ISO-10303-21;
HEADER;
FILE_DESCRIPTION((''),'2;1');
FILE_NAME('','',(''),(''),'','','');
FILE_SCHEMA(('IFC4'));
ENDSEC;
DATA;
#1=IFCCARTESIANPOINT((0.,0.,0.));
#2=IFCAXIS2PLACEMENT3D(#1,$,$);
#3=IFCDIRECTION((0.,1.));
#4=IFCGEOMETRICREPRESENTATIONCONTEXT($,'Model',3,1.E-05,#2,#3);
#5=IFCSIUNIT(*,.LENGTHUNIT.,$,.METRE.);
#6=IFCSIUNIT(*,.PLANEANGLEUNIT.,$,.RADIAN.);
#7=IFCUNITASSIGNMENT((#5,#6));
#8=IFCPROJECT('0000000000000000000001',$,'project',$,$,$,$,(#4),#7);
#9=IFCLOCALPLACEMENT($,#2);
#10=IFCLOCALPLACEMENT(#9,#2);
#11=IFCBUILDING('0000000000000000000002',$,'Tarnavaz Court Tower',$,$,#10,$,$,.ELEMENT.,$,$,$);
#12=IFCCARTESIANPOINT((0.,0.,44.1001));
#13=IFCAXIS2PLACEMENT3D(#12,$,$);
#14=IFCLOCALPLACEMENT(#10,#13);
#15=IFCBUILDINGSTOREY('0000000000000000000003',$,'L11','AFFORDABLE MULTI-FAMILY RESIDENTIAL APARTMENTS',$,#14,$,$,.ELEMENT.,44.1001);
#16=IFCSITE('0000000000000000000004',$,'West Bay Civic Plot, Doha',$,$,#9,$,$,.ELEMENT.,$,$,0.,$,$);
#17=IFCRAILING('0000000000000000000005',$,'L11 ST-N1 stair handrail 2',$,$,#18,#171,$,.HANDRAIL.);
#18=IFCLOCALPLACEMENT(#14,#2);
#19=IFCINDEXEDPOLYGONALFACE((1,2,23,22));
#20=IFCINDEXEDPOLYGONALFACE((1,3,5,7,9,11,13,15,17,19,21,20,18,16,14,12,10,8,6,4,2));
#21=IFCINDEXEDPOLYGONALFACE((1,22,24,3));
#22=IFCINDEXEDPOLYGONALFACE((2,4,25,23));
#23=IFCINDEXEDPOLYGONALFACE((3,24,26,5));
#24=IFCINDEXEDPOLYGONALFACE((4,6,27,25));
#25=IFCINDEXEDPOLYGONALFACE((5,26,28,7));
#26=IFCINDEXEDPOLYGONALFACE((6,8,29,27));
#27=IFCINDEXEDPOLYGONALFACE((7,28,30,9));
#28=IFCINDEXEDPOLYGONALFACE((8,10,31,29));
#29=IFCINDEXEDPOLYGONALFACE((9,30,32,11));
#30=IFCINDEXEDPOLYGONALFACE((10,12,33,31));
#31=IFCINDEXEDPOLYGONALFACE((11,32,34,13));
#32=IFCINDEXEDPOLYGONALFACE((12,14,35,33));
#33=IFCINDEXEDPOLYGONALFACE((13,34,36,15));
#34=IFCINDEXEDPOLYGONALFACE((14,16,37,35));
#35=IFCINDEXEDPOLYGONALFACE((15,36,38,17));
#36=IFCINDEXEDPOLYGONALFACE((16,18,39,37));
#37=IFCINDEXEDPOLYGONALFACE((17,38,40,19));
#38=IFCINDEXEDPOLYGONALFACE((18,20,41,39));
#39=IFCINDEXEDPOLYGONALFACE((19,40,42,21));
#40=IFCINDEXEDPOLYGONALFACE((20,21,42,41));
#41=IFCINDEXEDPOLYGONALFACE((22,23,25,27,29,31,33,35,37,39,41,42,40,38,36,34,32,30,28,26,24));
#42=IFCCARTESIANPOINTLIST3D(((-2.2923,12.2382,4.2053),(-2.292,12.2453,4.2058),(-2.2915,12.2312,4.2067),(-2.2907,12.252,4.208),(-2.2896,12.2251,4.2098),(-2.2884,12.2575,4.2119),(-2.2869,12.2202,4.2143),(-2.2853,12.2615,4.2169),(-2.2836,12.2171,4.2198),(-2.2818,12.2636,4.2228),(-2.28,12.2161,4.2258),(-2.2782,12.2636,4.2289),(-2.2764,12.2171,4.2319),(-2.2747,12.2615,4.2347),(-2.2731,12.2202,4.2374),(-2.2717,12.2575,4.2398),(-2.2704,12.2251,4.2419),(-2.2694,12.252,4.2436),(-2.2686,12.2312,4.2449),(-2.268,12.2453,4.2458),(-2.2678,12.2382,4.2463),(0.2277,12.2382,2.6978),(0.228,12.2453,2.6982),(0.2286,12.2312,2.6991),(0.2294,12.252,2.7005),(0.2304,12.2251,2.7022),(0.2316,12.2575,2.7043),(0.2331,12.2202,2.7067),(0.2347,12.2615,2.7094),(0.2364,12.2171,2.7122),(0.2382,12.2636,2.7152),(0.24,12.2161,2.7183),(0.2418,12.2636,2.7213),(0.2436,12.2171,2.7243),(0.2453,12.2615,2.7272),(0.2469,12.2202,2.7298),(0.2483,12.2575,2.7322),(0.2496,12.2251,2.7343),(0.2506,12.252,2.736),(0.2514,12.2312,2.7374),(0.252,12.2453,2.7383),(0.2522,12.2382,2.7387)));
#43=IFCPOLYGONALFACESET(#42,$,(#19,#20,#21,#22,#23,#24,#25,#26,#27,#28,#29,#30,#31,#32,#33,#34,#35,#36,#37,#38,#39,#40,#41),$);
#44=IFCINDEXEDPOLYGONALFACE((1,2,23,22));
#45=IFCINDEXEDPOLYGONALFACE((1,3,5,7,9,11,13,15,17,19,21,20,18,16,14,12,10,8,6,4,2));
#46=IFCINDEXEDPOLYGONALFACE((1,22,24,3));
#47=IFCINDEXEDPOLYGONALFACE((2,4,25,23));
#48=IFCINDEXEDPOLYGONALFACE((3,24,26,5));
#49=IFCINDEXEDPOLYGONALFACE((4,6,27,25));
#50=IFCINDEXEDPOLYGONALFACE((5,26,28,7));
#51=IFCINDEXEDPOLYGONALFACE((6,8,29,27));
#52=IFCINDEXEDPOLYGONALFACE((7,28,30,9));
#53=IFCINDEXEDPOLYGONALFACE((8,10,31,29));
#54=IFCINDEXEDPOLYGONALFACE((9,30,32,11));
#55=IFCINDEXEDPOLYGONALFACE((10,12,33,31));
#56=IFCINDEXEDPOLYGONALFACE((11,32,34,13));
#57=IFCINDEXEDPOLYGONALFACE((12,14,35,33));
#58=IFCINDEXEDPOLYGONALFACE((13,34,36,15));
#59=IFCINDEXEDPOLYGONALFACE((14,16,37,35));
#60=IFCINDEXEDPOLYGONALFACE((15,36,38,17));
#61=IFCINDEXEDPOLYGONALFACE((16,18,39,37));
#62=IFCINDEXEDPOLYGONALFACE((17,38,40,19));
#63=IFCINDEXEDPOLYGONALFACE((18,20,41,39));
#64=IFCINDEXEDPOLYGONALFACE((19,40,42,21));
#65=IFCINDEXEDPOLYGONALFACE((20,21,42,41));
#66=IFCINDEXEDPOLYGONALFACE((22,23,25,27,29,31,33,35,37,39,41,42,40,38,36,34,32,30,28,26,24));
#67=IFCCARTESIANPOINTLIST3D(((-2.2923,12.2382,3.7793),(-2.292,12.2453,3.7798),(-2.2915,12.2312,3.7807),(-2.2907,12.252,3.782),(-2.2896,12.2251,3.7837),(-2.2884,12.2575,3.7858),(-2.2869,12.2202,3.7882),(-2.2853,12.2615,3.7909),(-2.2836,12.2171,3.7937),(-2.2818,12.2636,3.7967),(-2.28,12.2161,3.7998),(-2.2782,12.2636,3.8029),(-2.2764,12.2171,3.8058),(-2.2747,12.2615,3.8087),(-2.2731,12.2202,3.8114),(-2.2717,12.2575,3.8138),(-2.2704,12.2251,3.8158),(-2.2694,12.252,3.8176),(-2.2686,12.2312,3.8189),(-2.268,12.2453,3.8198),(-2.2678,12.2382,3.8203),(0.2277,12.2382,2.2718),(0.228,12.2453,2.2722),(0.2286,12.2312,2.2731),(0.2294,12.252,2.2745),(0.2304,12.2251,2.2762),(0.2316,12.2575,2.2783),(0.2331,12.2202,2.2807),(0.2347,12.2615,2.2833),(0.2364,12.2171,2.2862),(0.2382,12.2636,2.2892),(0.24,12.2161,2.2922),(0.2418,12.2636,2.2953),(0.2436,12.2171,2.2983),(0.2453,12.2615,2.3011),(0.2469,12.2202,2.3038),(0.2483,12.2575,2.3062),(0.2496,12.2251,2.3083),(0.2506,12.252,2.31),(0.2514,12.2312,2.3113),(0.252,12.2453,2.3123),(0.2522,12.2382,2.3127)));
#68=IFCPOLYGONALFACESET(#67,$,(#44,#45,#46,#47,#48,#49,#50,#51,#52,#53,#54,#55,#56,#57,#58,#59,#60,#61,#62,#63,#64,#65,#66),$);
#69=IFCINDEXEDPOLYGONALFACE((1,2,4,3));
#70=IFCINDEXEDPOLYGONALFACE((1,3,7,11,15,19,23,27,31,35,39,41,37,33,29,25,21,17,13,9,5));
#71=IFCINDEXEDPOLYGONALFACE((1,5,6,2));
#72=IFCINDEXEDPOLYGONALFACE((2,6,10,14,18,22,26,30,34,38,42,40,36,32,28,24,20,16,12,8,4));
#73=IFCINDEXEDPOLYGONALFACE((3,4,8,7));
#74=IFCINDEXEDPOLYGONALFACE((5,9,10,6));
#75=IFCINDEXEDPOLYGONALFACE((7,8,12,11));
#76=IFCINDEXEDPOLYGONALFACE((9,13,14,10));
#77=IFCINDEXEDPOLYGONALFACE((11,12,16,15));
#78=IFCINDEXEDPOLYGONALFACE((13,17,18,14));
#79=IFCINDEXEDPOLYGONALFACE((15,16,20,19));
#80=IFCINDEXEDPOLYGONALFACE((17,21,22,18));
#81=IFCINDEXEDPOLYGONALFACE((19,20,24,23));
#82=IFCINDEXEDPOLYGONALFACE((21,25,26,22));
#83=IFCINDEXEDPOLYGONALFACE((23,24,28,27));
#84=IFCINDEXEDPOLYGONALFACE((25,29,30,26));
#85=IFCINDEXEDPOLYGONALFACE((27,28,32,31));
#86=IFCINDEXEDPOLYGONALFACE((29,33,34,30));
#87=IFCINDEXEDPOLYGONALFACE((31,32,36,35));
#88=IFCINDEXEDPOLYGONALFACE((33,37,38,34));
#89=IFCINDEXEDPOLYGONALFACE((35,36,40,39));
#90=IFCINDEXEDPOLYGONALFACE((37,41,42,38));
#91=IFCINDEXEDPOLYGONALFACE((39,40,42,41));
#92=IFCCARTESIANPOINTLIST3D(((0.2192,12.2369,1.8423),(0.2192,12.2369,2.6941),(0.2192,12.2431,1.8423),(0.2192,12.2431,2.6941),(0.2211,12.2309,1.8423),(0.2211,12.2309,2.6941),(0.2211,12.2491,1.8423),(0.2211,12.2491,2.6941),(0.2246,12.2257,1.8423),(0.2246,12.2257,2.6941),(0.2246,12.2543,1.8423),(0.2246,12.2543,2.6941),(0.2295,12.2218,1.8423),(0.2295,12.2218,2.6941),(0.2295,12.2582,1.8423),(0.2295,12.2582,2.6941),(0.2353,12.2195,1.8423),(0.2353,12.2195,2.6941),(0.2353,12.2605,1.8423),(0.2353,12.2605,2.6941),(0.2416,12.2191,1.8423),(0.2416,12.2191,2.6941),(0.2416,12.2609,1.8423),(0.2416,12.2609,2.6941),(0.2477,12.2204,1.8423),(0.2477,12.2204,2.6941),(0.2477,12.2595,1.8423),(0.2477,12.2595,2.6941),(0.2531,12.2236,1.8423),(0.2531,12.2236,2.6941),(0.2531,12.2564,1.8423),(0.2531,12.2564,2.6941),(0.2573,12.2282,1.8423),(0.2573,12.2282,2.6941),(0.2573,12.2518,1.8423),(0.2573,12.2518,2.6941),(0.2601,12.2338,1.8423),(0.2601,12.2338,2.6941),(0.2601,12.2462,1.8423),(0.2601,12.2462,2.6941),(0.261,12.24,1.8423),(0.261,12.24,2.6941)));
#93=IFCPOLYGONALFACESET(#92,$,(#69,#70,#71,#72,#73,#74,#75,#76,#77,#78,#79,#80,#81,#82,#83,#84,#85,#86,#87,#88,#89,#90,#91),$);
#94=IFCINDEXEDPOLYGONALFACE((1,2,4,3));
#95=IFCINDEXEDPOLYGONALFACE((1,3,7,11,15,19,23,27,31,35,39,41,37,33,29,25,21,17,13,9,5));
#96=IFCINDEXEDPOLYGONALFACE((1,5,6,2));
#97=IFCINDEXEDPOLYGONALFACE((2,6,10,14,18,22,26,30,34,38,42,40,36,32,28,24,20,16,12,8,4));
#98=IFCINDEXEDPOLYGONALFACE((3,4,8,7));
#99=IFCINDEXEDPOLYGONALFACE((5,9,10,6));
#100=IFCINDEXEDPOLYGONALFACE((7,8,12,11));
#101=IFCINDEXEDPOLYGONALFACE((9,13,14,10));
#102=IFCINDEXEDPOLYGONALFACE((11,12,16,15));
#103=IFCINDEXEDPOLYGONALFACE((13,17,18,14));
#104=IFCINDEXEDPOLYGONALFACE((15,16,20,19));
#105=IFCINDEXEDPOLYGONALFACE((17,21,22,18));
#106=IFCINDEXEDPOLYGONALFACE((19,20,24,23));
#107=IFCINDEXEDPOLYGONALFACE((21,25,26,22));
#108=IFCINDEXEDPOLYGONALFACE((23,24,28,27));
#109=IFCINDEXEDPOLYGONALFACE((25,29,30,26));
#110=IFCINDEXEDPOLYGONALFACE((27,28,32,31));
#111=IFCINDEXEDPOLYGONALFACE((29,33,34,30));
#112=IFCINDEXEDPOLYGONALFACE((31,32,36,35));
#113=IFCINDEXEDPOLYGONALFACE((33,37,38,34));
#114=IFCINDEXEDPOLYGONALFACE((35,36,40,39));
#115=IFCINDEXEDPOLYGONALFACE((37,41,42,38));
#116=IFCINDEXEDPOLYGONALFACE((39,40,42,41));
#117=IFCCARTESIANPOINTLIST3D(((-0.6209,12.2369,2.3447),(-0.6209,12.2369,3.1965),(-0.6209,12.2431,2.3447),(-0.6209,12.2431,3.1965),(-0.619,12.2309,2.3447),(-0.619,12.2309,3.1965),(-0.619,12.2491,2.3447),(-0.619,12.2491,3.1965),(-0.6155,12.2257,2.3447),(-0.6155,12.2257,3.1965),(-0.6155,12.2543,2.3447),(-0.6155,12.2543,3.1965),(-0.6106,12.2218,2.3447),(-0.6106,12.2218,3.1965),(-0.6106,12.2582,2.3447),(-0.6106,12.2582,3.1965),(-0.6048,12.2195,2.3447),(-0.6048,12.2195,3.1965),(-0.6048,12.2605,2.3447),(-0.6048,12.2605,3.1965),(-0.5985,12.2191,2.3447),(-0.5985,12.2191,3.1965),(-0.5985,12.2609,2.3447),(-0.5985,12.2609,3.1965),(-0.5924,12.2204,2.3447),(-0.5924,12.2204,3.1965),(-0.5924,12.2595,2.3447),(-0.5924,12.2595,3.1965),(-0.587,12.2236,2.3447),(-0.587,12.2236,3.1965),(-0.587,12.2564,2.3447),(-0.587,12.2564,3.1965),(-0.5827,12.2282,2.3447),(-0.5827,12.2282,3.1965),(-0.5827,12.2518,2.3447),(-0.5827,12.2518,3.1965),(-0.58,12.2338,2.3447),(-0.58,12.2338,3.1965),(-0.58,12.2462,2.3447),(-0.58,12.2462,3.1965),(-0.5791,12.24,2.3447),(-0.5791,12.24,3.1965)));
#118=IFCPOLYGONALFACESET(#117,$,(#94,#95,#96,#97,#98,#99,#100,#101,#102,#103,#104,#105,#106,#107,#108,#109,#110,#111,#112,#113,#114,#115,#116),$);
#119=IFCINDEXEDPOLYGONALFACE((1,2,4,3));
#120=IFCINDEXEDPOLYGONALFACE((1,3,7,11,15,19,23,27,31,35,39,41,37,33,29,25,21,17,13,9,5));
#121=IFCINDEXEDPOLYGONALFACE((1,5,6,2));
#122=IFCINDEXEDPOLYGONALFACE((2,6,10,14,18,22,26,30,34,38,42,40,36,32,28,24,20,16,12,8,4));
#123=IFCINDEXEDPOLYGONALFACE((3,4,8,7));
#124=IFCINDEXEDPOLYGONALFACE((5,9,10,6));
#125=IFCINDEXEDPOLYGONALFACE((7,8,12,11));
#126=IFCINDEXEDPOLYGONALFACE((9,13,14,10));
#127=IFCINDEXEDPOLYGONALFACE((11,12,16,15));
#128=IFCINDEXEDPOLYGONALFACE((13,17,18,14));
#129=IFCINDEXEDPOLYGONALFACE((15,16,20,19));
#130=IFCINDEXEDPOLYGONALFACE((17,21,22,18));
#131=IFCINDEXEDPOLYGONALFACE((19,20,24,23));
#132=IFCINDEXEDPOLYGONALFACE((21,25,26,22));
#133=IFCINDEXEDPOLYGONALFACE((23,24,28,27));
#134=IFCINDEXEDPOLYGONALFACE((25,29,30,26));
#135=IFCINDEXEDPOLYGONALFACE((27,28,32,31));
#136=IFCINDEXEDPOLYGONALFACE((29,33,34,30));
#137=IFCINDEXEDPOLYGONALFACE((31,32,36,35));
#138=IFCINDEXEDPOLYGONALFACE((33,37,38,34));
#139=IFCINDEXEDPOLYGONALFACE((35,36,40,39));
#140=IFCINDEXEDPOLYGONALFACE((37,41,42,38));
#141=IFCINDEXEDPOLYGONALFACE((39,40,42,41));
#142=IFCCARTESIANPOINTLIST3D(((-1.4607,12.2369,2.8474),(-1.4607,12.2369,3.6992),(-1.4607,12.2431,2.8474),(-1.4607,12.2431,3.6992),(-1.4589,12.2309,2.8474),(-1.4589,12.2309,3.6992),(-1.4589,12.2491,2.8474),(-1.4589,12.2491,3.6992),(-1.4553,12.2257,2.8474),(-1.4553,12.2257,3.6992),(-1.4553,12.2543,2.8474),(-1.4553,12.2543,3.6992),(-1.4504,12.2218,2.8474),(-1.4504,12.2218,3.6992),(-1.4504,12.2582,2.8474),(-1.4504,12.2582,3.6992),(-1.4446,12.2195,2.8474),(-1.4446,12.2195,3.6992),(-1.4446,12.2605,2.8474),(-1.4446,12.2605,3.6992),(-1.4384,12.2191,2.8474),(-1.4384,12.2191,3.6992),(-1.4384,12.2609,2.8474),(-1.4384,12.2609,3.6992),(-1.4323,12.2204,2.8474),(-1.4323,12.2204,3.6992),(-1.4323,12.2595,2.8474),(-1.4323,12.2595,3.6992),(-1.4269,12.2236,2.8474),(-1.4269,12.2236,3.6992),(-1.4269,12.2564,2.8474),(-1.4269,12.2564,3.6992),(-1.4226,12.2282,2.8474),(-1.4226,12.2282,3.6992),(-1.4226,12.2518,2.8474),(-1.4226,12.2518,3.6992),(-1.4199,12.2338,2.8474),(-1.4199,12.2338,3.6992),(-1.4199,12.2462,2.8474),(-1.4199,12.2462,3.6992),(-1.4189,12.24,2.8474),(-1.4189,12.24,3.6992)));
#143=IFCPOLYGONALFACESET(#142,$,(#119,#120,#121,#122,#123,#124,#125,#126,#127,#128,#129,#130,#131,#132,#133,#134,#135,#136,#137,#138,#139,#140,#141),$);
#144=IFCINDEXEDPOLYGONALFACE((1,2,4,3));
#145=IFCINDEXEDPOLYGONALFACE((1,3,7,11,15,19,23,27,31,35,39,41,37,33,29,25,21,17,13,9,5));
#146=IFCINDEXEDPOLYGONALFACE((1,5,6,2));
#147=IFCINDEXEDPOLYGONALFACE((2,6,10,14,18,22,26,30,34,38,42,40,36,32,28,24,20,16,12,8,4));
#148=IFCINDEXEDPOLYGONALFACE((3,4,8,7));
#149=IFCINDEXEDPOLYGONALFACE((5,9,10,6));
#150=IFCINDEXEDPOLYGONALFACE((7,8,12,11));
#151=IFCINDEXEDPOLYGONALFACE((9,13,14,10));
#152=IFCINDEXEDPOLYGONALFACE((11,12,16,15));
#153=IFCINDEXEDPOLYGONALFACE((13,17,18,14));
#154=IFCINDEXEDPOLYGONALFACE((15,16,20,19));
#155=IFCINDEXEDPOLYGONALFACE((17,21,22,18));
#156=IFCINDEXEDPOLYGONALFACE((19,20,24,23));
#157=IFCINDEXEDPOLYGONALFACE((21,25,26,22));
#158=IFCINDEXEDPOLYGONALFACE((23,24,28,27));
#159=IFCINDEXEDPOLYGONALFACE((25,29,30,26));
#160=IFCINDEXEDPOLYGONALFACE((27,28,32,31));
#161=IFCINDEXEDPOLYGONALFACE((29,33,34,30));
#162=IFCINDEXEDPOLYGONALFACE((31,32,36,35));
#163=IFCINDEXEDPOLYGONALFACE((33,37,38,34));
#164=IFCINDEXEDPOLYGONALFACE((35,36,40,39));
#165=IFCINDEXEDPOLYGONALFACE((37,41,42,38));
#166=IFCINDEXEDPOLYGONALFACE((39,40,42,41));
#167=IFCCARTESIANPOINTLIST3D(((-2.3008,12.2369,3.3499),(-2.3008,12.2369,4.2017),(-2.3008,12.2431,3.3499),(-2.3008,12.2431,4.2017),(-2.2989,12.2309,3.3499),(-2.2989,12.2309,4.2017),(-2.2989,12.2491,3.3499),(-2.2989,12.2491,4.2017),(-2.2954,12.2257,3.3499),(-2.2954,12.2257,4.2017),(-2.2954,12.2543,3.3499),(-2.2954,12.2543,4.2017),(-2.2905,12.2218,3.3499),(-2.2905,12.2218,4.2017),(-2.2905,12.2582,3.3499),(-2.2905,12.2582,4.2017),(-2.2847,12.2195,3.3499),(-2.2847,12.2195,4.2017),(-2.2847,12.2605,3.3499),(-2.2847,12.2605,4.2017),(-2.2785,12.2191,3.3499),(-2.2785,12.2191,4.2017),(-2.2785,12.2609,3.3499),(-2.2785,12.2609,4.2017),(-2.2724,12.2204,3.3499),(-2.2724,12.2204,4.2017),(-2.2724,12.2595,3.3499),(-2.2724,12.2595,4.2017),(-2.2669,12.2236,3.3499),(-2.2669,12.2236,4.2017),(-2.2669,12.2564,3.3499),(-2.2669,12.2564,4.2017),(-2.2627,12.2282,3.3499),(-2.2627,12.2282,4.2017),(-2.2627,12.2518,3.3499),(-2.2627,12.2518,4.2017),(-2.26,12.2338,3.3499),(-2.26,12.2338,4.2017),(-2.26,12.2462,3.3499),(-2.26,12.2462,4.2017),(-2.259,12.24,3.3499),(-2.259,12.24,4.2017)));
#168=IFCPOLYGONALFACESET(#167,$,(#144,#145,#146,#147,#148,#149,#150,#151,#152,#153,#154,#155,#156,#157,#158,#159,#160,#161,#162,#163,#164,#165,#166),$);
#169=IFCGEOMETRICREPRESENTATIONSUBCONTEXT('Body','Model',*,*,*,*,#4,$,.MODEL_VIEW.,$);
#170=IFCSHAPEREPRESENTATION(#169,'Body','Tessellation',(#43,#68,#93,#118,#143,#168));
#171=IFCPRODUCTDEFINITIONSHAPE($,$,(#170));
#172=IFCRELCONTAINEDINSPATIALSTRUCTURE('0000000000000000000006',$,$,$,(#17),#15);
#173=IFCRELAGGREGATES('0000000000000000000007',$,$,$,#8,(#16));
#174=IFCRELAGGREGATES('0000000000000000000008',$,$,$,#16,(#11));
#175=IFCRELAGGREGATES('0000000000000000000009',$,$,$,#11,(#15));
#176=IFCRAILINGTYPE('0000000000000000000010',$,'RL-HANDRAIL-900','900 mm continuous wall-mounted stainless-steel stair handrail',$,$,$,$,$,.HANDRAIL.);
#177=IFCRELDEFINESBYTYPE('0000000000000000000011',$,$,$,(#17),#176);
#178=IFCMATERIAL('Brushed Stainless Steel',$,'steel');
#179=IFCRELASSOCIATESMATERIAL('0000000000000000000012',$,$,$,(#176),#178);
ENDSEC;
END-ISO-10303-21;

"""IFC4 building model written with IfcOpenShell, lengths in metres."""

from ifc_helpers import new_model, si_unit, direction, frame, origin, origin_2d, place, context, subcontext, project, spatial, circle, extrude, material, type_object, element, save


model = new_model("IFC4")

# Units and contexts
model_context = context("Model", 3, precision=1e-05, world=origin(), true_north=direction((0.0, 1.0)))
body_context = subcontext(model_context, "Body", "Model", "MODEL_VIEW")
ifc_project = project(units=[si_unit("LENGTHUNIT", "METRE"), si_unit("PLANEANGLEUNIT", "RADIAN")], contexts=[model_context])

# Site, building, storey
site_placement = place(None, origin())
site = spatial("IfcSite", under=ifc_project, at=site_placement, Name="West Bay Civic Plot, Doha", CompositionType="ELEMENT", RefElevation=0.0)
building_placement = place(site_placement, origin())
building = spatial("IfcBuilding", under=site, at=building_placement, Name="Tarnavaz Court Tower", CompositionType="ELEMENT")
storey_placement = place(building_placement, frame((0.0, 0.0, 44.1001)))
storey = spatial("IfcBuildingStorey", under=building, at=storey_placement, Name="L11", Description="AFFORDABLE MULTI-FAMILY RESIDENTIAL APARTMENTS", CompositionType="ELEMENT", Elevation=44.1001)

# Railing
ifc_material_1 = material(Name="Brushed Stainless Steel", Category="steel")
railing_type_1 = type_object("IfcRailingType", Name="RL-HANDRAIL-900", Description="900 mm continuous wall-mounted stainless-steel stair handrail", PredefinedType="HANDRAIL", material=ifc_material_1)
railing_1_placement = place(storey_placement, frame((0.24, 12.24, 1.8423)))
element("IfcRailing", 1, at=railing_1_placement, inside=storey, type_object=railing_type_1, Name="L11 ST-N1 stair handrail 2", PredefinedType="HANDRAIL", context=body_context, shape_type="SweptSolid", body=[
    extrude(circle(Radius=0.0239, at=origin_2d()), frame((0.0, 0.0, 0.876), z_axis=(-0.85816, 0.0, 0.513383), x_axis=(0.0, -1.0, 0.0)), (0.0, 0.0, 1.0), 2.9365),
    extrude(circle(Radius=0.0239, at=origin_2d()), frame((0.0, 0.0, 0.45), z_axis=(-0.85816, 0.0, 0.513383), x_axis=(0.0, -1.0, 0.0)), (0.0, 0.0, 1.0), 2.9365),
    extrude(circle(Radius=0.021, at=origin_2d()), origin(), (0.0, 0.0, 1.0), 0.8518),
    extrude(circle(Radius=0.021, at=origin_2d()), frame((-0.8401, 0.0, 0.5024)), (0.0, 0.0, 1.0), 0.8518),
    extrude(circle(Radius=0.021, at=origin_2d()), frame((-1.6799, 0.0, 1.0051)), (0.0, 0.0, 1.0), 0.8518),
    extrude(circle(Radius=0.021, at=origin_2d()), frame((-2.52, 0.0, 1.5076)), (0.0, 0.0, 1.0), 0.8518),
])

save(model, "model.ifc")
